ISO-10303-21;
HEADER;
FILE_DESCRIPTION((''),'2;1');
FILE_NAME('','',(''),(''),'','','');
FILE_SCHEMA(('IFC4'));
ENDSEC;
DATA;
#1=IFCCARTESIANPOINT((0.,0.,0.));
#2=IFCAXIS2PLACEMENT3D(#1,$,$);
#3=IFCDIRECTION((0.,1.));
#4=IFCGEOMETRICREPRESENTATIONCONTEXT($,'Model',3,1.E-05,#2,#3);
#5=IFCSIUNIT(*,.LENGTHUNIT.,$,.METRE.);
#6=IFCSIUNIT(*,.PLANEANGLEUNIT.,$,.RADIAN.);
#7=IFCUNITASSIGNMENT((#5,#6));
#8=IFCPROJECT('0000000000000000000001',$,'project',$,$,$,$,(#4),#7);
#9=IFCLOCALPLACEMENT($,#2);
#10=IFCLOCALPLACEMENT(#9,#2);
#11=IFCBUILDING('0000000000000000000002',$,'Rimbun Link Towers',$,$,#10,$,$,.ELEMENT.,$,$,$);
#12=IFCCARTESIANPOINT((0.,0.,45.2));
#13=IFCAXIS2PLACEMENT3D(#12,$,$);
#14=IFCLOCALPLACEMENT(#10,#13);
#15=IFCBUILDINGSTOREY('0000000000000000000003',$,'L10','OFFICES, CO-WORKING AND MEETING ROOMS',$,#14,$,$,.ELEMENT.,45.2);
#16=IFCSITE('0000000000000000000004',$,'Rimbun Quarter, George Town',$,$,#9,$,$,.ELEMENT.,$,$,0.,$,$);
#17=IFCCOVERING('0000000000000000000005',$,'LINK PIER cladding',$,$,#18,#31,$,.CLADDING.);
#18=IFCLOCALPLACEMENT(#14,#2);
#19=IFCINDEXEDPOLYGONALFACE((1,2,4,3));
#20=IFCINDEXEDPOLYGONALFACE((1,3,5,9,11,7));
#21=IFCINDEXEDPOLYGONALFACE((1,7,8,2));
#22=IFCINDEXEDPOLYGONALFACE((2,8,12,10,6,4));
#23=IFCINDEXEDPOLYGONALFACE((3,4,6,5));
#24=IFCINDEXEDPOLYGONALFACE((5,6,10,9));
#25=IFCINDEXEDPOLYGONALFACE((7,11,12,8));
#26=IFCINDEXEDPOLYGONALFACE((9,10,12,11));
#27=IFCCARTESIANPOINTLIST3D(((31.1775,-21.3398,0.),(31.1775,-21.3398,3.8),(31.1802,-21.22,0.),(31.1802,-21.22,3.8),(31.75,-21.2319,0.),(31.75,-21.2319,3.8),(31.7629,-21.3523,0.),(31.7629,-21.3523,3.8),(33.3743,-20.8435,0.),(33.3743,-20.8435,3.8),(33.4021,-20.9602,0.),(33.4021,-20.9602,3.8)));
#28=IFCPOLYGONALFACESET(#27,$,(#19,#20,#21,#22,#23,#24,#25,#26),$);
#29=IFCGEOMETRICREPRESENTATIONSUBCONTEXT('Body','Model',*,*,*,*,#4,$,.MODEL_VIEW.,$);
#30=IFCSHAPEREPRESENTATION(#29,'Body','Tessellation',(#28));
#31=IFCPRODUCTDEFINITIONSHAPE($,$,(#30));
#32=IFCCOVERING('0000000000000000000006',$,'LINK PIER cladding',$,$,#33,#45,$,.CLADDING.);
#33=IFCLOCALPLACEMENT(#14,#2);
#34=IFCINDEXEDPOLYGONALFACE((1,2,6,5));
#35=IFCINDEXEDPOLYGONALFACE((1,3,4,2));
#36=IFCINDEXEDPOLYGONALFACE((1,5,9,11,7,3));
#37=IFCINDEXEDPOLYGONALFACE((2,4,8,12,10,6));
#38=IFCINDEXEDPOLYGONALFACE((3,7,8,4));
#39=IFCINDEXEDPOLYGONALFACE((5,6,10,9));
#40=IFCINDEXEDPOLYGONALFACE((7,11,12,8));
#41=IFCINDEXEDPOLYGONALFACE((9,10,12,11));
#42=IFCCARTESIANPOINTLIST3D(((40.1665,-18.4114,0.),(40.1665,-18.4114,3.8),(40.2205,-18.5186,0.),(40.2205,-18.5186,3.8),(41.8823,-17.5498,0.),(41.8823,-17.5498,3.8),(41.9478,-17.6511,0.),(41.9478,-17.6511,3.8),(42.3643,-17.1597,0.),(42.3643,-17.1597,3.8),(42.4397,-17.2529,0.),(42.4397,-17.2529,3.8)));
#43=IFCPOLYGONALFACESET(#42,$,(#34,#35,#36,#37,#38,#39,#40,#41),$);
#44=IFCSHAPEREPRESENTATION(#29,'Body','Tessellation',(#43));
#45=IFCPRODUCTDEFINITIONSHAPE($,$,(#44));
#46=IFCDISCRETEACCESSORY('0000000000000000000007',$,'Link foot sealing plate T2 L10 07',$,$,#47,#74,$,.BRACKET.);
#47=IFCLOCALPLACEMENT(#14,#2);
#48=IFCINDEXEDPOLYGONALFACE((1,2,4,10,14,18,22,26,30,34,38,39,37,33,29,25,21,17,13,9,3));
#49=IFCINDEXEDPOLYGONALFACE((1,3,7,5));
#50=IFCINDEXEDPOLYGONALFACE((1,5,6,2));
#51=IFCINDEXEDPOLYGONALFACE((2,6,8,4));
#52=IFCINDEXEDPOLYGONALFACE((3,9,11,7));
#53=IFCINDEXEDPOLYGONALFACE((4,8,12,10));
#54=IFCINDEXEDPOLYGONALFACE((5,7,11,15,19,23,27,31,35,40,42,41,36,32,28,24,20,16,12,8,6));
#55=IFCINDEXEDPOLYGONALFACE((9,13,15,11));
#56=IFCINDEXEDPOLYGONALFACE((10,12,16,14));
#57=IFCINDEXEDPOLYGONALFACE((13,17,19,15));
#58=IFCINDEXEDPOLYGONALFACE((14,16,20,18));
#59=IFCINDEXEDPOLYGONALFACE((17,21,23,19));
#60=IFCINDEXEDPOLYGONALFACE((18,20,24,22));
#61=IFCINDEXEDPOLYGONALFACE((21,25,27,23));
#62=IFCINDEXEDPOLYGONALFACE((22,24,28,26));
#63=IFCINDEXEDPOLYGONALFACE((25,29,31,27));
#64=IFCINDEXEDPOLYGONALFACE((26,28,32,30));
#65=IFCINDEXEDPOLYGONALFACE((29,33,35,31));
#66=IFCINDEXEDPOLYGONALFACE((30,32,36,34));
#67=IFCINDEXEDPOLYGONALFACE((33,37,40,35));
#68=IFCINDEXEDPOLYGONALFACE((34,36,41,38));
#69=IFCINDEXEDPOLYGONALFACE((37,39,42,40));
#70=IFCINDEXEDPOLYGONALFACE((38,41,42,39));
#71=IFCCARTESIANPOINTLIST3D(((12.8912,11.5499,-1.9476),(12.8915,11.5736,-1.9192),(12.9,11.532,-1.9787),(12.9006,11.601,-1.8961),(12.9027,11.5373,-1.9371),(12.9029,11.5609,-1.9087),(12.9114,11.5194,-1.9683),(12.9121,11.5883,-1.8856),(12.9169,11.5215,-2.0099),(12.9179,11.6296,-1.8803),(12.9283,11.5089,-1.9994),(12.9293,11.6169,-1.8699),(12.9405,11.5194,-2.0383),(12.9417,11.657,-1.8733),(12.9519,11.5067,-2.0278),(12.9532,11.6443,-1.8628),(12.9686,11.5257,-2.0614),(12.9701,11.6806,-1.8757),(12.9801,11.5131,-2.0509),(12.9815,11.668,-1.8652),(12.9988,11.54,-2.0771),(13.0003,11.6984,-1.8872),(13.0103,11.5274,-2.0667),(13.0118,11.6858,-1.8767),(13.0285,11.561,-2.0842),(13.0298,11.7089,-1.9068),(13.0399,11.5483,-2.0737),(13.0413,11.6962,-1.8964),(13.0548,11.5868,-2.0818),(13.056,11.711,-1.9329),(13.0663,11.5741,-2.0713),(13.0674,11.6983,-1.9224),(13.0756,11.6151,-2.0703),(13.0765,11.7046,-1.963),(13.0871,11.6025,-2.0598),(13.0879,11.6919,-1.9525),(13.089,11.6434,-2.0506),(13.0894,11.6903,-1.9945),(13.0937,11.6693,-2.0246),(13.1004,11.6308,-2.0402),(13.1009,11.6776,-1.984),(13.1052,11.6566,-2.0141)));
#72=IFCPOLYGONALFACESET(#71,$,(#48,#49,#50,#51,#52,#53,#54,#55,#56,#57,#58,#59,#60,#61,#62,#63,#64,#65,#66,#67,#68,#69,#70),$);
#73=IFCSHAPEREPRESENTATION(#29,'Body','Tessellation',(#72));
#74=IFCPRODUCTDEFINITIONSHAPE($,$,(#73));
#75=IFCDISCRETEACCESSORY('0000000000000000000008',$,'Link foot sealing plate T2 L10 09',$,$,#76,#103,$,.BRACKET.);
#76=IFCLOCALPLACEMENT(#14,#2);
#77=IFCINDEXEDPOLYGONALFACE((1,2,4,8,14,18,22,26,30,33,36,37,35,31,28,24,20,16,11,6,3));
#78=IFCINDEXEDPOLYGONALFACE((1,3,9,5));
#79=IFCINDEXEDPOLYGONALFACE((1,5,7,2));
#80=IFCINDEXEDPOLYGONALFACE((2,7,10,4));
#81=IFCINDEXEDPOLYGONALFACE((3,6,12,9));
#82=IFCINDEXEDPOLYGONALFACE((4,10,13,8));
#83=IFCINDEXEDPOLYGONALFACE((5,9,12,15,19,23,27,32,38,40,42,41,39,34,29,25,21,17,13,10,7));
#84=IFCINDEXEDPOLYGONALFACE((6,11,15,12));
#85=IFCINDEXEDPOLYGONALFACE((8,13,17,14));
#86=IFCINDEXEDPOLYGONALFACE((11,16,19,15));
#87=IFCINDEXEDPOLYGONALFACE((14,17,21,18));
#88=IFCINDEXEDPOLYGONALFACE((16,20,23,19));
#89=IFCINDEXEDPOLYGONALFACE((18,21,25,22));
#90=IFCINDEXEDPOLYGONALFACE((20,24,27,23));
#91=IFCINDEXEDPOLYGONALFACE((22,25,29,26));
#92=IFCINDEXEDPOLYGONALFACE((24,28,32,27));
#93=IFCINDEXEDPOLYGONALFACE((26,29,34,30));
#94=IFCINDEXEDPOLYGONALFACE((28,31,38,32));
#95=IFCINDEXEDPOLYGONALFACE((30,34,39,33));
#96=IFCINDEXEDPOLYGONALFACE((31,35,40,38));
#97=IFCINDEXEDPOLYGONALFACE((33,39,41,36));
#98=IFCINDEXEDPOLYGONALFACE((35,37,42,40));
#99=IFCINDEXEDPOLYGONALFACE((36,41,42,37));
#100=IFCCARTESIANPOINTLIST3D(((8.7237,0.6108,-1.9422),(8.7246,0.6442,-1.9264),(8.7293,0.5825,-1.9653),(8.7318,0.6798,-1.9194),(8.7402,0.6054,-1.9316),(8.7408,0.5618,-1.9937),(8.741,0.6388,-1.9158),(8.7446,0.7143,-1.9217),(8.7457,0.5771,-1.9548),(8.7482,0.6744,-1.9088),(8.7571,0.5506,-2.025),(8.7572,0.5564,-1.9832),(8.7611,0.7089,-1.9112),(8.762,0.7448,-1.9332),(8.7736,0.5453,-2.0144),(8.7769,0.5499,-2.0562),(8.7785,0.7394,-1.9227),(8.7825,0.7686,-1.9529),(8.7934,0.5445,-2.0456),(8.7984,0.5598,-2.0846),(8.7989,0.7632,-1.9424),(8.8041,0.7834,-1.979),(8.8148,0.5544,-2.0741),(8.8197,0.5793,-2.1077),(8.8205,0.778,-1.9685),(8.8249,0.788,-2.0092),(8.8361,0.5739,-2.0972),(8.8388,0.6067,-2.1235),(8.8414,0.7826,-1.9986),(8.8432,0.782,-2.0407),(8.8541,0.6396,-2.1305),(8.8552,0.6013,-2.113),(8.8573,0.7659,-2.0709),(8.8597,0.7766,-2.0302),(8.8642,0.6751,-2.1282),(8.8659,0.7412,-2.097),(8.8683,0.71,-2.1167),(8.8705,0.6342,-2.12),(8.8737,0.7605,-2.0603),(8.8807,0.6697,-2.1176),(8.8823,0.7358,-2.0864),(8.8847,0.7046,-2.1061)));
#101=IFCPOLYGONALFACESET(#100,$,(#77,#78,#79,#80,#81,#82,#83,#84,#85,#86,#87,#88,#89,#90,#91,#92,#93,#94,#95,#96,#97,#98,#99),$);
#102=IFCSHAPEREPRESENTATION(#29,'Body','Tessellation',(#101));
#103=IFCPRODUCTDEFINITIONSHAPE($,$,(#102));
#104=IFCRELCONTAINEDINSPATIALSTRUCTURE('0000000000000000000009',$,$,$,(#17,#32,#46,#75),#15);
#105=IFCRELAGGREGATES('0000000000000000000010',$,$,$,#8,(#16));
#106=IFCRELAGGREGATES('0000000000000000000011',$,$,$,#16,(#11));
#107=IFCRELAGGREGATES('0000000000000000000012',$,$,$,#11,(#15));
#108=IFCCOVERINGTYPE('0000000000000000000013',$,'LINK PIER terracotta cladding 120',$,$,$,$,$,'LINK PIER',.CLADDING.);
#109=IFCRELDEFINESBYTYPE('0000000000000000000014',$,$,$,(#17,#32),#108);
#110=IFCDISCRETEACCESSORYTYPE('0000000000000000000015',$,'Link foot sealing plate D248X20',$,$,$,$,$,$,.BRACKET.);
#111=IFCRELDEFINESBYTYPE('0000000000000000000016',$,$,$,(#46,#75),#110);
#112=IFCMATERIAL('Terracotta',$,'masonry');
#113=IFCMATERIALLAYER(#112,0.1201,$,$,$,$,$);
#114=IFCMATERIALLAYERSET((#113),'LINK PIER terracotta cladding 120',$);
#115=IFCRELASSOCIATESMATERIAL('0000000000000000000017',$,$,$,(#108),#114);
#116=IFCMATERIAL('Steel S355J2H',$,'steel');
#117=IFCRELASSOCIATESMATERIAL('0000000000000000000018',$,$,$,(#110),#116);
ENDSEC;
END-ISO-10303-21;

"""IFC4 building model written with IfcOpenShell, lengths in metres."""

from ifc_helpers import new_model, si_unit, direction, frame, origin, origin_2d, place, context, subcontext, project, spatial, polyline, circle, outline, extrude, material, layer, layer_set, material_profile, profile_set, type_object, element, save


model = new_model("IFC4")

# Units and contexts
model_context = context("Model", 3, precision=1e-05, world=origin(), true_north=direction((0.0, 1.0)))
body_context = subcontext(model_context, "Body", "Model", "MODEL_VIEW")
ifc_project = project(units=[si_unit("LENGTHUNIT", "METRE"), si_unit("PLANEANGLEUNIT", "RADIAN")], contexts=[model_context])

# Site, building, storey
site_placement = place(None, origin())
site = spatial("IfcSite", under=ifc_project, at=site_placement, Name="Rimbun Quarter, George Town", CompositionType="ELEMENT", RefElevation=0.0)
building_placement = place(site_placement, origin())
building = spatial("IfcBuilding", under=site, at=building_placement, Name="Rimbun Link Towers", CompositionType="ELEMENT")
storey_placement = place(building_placement, frame((0.0, 0.0, 45.2)))
storey = spatial("IfcBuildingStorey", under=building, at=storey_placement, Name="L10", Description="OFFICES, CO-WORKING AND MEETING ROOMS", CompositionType="ELEMENT", Elevation=45.2)

# Coverings
ifc_material_1 = material(Name="Terracotta", Category="masonry")
ifc_layer_1 = layer(ifc_material_1, 0.1201)
ifc_layer_set_1 = layer_set([ifc_layer_1], Name="LINK PIER terracotta cladding 120")
covering_type_1 = type_object("IfcCoveringType", Name="LINK PIER terracotta cladding 120", ElementType="LINK PIER", PredefinedType="CLADDING", material=ifc_layer_set_1)
covering_1_placement = place(storey_placement, origin())
element("IfcCovering", 1, at=covering_1_placement, inside=storey, type_object=covering_type_1, Name="LINK PIER cladding", PredefinedType="CLADDING", context=body_context, shape_type="SweptSolid", body=[
    extrude(outline(polyline([(33.3743, -20.8435), (31.75, -21.2319), (31.1802, -21.22), (31.1775, -21.3398), (31.7629, -21.3523), (33.4021, -20.9602), (33.3743, -20.8435)])), origin(), (0.0, 0.0, 1.0), 3.8),
])
covering_2_placement = place(storey_placement, origin())
element("IfcCovering", 2, at=covering_2_placement, inside=storey, type_object=covering_type_1, Name="LINK PIER cladding", PredefinedType="CLADDING", context=body_context, shape_type="SweptSolid", body=[
    extrude(outline(polyline([(42.3643, -17.1597), (41.8823, -17.5498), (40.1665, -18.4114), (40.2205, -18.5186), (41.9478, -17.6511), (42.4397, -17.2529), (42.3643, -17.1597)])), origin(), (0.0, 0.0, 1.0), 3.8),
])

# Discrete accessories
ifc_material_2 = material(Name="Steel S355J2H", Category="steel")
ifc_material_profile_1 = material_profile(ifc_material_2, circle(Radius=0.124, at=origin_2d()), Name="PL D248")
ifc_profile_set_1 = profile_set([ifc_material_profile_1], Name="Steel S355J2H")
discrete_accessory_type = type_object("IfcDiscreteAccessoryType", Name="Link foot sealing plate D248X20", PredefinedType="BRACKET", material=ifc_profile_set_1)
discrete_accessory_1_placement = place(storey_placement, frame((13.0034, 11.6025, -1.9683), z_axis=(-0.571558, 0.632362, -0.522915), x_axis=(-0.741874, -0.67054, 0.0)))
element("IfcDiscreteAccessory", 3, at=discrete_accessory_1_placement, inside=storey, type_object=discrete_accessory_type, Name="Link foot sealing plate T2 L10 07", PredefinedType="BRACKET", context=body_context, shape_type="SweptSolid", body=[
    extrude(circle(Radius=0.124, at=origin_2d()), origin(), (0.0, 0.0, 1.0), 0.02),
])
discrete_accessory_2_placement = place(storey_placement, frame((8.8123, 0.6631, -2.0144), z_axis=(-0.811183, 0.266359, -0.52061), x_axis=(-0.31197, -0.950092, 0.0)))
element("IfcDiscreteAccessory", 4, at=discrete_accessory_2_placement, inside=storey, type_object=discrete_accessory_type, Name="Link foot sealing plate T2 L10 09", PredefinedType="BRACKET", context=body_context, shape_type="SweptSolid", body=[
    extrude(circle(Radius=0.124, at=origin_2d()), origin(), (0.0, 0.0, 1.0), 0.0203),
])

save(model, "model.ifc")
